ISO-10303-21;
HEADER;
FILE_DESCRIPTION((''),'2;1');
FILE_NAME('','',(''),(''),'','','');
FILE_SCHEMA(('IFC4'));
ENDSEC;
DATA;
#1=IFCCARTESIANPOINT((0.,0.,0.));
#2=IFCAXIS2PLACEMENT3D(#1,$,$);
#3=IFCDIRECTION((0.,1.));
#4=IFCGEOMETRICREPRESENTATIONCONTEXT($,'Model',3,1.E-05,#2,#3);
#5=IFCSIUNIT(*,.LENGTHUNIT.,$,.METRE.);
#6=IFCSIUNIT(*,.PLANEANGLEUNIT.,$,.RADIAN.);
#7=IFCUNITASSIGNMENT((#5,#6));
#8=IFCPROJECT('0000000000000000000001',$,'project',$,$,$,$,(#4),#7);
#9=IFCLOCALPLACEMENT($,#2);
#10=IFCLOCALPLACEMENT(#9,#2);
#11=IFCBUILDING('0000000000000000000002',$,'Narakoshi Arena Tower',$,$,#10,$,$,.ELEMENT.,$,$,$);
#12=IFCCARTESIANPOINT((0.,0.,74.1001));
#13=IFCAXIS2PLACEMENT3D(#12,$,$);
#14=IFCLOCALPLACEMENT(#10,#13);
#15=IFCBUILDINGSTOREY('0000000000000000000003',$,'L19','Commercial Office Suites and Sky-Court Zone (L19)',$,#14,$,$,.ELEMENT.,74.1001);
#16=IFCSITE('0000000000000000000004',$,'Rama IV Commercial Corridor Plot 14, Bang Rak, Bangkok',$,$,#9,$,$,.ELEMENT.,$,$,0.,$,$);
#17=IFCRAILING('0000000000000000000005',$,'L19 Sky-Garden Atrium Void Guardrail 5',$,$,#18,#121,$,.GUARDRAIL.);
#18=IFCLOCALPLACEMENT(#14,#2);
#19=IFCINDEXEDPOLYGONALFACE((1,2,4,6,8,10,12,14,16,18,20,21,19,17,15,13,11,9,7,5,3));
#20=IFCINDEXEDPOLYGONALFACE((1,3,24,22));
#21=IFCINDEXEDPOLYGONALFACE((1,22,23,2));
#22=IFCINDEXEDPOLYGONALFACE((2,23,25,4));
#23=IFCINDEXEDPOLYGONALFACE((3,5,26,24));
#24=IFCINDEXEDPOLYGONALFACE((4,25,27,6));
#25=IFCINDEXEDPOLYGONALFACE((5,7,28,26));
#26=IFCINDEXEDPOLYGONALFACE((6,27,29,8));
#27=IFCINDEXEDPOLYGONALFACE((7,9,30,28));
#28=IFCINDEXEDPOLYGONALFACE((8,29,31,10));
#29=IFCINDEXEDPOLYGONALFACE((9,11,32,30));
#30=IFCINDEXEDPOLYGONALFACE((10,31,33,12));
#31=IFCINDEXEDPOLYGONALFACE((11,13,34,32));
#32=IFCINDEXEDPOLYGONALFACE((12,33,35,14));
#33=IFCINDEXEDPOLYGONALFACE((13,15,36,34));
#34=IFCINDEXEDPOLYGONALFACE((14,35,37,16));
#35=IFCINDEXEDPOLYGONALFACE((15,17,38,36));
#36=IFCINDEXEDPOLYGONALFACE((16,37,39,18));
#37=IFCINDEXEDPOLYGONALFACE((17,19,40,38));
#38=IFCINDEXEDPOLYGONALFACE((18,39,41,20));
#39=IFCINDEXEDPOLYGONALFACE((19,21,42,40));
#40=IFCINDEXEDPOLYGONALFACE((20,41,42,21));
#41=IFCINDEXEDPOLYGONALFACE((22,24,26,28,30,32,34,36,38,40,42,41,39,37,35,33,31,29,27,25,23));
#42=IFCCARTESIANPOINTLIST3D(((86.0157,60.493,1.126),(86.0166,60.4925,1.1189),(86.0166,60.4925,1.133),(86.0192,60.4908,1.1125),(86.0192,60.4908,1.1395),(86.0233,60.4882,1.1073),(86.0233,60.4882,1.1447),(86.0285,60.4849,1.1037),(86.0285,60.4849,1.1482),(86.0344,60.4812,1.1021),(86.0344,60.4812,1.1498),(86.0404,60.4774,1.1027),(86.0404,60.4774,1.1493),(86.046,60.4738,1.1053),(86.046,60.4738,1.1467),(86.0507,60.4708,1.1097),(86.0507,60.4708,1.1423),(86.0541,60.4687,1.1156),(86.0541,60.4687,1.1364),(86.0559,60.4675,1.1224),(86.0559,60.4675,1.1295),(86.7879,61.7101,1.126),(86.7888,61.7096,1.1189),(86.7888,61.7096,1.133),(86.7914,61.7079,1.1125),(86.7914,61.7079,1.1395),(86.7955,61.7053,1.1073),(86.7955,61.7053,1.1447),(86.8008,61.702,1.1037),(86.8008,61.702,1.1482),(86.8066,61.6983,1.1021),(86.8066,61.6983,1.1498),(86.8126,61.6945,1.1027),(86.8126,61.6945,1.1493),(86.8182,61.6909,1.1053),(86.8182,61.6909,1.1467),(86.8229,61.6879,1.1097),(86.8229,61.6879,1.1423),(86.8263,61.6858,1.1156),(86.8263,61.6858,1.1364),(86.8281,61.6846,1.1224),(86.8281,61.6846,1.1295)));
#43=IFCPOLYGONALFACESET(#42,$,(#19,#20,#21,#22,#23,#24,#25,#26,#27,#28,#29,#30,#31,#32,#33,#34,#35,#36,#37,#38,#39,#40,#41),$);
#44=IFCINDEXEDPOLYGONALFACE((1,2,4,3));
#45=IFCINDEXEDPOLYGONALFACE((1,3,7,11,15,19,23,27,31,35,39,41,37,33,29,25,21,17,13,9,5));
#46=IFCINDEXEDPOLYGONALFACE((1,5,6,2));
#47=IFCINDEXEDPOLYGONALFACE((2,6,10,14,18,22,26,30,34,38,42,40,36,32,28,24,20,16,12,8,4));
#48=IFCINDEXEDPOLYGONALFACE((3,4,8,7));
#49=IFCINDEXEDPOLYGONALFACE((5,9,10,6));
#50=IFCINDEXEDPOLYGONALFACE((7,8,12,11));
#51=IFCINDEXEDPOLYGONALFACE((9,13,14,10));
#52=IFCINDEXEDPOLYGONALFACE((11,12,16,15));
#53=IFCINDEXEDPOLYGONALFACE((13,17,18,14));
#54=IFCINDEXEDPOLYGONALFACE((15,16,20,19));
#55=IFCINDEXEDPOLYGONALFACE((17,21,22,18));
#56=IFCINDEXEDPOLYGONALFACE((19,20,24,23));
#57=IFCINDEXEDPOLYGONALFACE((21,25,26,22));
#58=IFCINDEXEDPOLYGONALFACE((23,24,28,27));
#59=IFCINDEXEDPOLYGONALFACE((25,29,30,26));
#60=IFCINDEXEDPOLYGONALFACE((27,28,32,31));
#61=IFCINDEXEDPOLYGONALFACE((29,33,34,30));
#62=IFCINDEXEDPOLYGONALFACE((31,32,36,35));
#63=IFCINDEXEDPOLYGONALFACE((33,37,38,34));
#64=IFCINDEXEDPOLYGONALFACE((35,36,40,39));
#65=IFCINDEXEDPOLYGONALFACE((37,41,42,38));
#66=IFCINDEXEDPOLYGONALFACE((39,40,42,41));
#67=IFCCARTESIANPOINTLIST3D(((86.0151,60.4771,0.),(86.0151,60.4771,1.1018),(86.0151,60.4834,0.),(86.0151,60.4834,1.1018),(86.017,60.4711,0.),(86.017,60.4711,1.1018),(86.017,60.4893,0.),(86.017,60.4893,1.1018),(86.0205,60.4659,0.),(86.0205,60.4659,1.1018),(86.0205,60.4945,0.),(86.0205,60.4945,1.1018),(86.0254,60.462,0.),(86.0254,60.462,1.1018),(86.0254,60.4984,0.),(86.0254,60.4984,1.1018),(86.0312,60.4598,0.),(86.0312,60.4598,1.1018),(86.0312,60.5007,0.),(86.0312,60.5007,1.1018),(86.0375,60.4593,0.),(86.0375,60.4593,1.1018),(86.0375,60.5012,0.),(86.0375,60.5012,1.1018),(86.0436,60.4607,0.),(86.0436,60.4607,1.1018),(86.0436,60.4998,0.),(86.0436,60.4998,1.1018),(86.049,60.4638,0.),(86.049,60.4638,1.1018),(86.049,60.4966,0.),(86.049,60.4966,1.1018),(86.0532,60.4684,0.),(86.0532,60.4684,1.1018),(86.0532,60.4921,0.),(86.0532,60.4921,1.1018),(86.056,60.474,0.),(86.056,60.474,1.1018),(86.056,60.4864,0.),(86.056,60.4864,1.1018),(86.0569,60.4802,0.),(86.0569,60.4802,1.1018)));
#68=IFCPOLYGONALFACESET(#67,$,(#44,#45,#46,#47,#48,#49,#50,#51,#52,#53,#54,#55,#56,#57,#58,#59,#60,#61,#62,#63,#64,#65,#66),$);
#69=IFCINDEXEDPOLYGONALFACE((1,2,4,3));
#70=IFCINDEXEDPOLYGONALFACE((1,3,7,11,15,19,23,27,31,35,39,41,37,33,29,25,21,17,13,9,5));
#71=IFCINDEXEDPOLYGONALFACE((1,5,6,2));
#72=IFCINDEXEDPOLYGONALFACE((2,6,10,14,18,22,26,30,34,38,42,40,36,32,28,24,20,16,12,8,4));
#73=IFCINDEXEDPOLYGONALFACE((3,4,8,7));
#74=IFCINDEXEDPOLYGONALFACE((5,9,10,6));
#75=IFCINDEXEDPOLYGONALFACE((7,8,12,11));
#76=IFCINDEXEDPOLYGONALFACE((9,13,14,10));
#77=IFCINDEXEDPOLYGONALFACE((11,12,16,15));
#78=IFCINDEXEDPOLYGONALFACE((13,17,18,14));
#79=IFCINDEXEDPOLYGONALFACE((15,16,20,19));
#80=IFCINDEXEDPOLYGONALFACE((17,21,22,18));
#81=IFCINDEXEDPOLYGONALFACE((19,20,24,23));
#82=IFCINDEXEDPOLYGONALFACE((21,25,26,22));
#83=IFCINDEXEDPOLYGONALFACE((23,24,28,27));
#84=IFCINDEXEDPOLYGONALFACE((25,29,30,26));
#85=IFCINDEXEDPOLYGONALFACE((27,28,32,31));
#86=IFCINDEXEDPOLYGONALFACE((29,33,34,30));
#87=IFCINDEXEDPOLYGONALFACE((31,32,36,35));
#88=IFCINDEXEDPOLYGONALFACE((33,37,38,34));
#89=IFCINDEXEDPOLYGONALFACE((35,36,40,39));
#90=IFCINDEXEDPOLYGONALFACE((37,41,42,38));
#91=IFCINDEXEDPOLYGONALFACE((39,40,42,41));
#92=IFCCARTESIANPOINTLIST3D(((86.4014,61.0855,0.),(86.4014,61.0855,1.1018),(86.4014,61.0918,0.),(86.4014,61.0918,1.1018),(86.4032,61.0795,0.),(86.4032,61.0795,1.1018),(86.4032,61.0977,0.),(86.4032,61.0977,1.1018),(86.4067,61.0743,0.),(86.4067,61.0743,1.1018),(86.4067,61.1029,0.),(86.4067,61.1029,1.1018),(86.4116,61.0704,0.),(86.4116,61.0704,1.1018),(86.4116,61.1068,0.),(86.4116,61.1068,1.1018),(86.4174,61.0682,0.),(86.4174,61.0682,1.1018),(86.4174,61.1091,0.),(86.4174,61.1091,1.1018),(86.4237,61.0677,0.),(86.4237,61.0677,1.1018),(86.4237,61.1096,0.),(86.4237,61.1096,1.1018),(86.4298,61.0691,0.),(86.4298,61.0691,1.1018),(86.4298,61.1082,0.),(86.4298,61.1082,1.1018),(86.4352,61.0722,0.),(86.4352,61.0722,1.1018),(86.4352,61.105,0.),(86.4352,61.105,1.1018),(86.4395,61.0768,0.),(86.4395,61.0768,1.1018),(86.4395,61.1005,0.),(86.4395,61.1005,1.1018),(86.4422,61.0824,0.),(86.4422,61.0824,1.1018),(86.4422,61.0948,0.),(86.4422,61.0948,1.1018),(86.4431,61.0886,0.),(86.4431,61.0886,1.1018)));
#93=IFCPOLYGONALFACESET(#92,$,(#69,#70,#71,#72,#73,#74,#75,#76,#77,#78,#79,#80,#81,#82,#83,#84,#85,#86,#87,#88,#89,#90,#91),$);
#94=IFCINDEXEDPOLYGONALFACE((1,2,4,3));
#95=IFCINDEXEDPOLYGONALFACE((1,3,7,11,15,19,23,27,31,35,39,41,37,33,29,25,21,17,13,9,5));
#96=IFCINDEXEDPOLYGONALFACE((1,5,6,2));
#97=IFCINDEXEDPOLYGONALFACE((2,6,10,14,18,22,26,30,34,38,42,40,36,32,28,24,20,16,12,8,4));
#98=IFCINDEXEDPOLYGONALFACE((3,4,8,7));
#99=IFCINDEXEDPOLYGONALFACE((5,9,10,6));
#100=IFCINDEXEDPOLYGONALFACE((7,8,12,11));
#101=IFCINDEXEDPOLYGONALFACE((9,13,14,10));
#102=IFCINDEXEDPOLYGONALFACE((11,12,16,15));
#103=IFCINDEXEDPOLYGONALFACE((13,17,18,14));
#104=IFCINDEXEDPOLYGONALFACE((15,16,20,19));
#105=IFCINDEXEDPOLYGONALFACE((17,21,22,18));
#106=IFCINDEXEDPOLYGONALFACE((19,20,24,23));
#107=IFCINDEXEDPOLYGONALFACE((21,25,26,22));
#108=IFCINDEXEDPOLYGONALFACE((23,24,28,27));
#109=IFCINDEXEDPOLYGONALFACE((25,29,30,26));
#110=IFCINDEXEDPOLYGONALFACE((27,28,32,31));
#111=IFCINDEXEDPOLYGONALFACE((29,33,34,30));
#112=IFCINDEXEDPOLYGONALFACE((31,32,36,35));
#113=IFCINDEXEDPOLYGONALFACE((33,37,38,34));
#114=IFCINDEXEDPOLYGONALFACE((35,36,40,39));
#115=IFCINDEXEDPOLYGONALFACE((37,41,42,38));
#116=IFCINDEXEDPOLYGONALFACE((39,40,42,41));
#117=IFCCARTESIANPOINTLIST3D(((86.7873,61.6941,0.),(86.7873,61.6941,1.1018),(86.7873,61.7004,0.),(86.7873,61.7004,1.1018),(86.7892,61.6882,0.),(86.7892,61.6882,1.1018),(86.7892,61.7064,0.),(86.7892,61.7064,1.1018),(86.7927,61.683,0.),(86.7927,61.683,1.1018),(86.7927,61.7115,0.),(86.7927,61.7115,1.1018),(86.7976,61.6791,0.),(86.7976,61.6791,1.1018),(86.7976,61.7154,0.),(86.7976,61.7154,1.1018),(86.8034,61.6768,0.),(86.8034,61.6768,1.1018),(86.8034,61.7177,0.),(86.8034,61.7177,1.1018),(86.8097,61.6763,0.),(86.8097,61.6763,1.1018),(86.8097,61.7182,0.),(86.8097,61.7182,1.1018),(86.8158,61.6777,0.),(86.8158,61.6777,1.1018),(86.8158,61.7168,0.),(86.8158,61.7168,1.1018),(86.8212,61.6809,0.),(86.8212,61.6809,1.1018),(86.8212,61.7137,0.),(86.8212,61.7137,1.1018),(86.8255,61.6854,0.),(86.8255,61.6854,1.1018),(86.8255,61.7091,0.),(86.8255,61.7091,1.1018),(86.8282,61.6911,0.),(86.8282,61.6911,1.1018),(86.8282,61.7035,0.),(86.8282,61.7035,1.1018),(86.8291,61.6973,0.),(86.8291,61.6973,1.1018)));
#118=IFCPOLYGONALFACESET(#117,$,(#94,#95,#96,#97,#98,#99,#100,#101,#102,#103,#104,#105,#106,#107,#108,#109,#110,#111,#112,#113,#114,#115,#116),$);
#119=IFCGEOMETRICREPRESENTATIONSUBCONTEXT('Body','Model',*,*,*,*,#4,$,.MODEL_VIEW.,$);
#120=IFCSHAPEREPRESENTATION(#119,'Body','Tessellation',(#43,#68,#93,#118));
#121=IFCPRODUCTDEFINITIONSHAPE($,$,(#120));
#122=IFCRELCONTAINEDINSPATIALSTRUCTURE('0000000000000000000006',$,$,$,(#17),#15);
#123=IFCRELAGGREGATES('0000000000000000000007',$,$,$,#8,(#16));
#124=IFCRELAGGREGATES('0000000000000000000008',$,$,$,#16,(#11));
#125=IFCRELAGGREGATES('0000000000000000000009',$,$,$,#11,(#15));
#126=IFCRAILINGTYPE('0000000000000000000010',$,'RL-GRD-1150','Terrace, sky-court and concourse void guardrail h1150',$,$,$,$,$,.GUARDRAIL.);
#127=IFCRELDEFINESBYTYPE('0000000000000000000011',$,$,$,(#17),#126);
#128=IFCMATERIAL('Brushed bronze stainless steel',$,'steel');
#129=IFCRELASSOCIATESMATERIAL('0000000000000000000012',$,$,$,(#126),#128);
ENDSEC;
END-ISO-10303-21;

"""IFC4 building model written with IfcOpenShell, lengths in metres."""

from ifc_helpers import new_model, si_unit, direction, frame, origin, origin_2d, place, context, subcontext, project, spatial, circle, extrude, material, type_object, element, save


model = new_model("IFC4")

# Units and contexts
model_context = context("Model", 3, precision=1e-05, world=origin(), true_north=direction((0.0, 1.0)))
body_context = subcontext(model_context, "Body", "Model", "MODEL_VIEW")
ifc_project = project(units=[si_unit("LENGTHUNIT", "METRE"), si_unit("PLANEANGLEUNIT", "RADIAN")], contexts=[model_context])

# Site, building, storey
site_placement = place(None, origin())
site = spatial("IfcSite", under=ifc_project, at=site_placement, Name="Rama IV Commercial Corridor Plot 14, Bang Rak, Bangkok", CompositionType="ELEMENT", RefElevation=0.0)
building_placement = place(site_placement, origin())
building = spatial("IfcBuilding", under=site, at=building_placement, Name="Narakoshi Arena Tower", CompositionType="ELEMENT")
storey_placement = place(building_placement, frame((0.0, 0.0, 74.1001)))
storey = spatial("IfcBuildingStorey", under=building, at=storey_placement, Name="L19", Description="Commercial Office Suites and Sky-Court Zone (L19)", CompositionType="ELEMENT", Elevation=74.1001)

# Railing
ifc_material_1 = material(Name="Brushed bronze stainless steel", Category="steel")
railing_type = type_object("IfcRailingType", Name="RL-GRD-1150", Description="Terrace, sky-court and concourse void guardrail h1150", PredefinedType="GUARDRAIL", material=ifc_material_1)
railing_1_placement = place(storey_placement, frame((86.0359, 60.4802, 0.0)))
element("IfcRailing", 1, at=railing_1_placement, inside=storey, type_object=railing_type, Name="L19 Sky-Garden Atrium Void Guardrail 5", PredefinedType="GUARDRAIL", context=body_context, shape_type="SweptSolid", body=[
    extrude(circle(Radius=0.0239, at=origin_2d()), frame((0.0, 0.0, 1.126), z_axis=(0.535757, 0.844372, 0.0), x_axis=(-0.844372, 0.535757, 0.0)), (0.0, 0.0, 1.0), 1.4414),
    extrude(circle(Radius=0.021, at=origin_2d()), origin(), (0.0, 0.0, 1.0), 1.1018),
    extrude(circle(Radius=0.021, at=origin_2d()), frame((0.3862, 0.6084, 0.0)), (0.0, 0.0, 1.0), 1.1018),
    extrude(circle(Radius=0.021, at=origin_2d()), frame((0.7722, 1.217, 0.0)), (0.0, 0.0, 1.0), 1.1018),
])

save(model, "model.ifc")
